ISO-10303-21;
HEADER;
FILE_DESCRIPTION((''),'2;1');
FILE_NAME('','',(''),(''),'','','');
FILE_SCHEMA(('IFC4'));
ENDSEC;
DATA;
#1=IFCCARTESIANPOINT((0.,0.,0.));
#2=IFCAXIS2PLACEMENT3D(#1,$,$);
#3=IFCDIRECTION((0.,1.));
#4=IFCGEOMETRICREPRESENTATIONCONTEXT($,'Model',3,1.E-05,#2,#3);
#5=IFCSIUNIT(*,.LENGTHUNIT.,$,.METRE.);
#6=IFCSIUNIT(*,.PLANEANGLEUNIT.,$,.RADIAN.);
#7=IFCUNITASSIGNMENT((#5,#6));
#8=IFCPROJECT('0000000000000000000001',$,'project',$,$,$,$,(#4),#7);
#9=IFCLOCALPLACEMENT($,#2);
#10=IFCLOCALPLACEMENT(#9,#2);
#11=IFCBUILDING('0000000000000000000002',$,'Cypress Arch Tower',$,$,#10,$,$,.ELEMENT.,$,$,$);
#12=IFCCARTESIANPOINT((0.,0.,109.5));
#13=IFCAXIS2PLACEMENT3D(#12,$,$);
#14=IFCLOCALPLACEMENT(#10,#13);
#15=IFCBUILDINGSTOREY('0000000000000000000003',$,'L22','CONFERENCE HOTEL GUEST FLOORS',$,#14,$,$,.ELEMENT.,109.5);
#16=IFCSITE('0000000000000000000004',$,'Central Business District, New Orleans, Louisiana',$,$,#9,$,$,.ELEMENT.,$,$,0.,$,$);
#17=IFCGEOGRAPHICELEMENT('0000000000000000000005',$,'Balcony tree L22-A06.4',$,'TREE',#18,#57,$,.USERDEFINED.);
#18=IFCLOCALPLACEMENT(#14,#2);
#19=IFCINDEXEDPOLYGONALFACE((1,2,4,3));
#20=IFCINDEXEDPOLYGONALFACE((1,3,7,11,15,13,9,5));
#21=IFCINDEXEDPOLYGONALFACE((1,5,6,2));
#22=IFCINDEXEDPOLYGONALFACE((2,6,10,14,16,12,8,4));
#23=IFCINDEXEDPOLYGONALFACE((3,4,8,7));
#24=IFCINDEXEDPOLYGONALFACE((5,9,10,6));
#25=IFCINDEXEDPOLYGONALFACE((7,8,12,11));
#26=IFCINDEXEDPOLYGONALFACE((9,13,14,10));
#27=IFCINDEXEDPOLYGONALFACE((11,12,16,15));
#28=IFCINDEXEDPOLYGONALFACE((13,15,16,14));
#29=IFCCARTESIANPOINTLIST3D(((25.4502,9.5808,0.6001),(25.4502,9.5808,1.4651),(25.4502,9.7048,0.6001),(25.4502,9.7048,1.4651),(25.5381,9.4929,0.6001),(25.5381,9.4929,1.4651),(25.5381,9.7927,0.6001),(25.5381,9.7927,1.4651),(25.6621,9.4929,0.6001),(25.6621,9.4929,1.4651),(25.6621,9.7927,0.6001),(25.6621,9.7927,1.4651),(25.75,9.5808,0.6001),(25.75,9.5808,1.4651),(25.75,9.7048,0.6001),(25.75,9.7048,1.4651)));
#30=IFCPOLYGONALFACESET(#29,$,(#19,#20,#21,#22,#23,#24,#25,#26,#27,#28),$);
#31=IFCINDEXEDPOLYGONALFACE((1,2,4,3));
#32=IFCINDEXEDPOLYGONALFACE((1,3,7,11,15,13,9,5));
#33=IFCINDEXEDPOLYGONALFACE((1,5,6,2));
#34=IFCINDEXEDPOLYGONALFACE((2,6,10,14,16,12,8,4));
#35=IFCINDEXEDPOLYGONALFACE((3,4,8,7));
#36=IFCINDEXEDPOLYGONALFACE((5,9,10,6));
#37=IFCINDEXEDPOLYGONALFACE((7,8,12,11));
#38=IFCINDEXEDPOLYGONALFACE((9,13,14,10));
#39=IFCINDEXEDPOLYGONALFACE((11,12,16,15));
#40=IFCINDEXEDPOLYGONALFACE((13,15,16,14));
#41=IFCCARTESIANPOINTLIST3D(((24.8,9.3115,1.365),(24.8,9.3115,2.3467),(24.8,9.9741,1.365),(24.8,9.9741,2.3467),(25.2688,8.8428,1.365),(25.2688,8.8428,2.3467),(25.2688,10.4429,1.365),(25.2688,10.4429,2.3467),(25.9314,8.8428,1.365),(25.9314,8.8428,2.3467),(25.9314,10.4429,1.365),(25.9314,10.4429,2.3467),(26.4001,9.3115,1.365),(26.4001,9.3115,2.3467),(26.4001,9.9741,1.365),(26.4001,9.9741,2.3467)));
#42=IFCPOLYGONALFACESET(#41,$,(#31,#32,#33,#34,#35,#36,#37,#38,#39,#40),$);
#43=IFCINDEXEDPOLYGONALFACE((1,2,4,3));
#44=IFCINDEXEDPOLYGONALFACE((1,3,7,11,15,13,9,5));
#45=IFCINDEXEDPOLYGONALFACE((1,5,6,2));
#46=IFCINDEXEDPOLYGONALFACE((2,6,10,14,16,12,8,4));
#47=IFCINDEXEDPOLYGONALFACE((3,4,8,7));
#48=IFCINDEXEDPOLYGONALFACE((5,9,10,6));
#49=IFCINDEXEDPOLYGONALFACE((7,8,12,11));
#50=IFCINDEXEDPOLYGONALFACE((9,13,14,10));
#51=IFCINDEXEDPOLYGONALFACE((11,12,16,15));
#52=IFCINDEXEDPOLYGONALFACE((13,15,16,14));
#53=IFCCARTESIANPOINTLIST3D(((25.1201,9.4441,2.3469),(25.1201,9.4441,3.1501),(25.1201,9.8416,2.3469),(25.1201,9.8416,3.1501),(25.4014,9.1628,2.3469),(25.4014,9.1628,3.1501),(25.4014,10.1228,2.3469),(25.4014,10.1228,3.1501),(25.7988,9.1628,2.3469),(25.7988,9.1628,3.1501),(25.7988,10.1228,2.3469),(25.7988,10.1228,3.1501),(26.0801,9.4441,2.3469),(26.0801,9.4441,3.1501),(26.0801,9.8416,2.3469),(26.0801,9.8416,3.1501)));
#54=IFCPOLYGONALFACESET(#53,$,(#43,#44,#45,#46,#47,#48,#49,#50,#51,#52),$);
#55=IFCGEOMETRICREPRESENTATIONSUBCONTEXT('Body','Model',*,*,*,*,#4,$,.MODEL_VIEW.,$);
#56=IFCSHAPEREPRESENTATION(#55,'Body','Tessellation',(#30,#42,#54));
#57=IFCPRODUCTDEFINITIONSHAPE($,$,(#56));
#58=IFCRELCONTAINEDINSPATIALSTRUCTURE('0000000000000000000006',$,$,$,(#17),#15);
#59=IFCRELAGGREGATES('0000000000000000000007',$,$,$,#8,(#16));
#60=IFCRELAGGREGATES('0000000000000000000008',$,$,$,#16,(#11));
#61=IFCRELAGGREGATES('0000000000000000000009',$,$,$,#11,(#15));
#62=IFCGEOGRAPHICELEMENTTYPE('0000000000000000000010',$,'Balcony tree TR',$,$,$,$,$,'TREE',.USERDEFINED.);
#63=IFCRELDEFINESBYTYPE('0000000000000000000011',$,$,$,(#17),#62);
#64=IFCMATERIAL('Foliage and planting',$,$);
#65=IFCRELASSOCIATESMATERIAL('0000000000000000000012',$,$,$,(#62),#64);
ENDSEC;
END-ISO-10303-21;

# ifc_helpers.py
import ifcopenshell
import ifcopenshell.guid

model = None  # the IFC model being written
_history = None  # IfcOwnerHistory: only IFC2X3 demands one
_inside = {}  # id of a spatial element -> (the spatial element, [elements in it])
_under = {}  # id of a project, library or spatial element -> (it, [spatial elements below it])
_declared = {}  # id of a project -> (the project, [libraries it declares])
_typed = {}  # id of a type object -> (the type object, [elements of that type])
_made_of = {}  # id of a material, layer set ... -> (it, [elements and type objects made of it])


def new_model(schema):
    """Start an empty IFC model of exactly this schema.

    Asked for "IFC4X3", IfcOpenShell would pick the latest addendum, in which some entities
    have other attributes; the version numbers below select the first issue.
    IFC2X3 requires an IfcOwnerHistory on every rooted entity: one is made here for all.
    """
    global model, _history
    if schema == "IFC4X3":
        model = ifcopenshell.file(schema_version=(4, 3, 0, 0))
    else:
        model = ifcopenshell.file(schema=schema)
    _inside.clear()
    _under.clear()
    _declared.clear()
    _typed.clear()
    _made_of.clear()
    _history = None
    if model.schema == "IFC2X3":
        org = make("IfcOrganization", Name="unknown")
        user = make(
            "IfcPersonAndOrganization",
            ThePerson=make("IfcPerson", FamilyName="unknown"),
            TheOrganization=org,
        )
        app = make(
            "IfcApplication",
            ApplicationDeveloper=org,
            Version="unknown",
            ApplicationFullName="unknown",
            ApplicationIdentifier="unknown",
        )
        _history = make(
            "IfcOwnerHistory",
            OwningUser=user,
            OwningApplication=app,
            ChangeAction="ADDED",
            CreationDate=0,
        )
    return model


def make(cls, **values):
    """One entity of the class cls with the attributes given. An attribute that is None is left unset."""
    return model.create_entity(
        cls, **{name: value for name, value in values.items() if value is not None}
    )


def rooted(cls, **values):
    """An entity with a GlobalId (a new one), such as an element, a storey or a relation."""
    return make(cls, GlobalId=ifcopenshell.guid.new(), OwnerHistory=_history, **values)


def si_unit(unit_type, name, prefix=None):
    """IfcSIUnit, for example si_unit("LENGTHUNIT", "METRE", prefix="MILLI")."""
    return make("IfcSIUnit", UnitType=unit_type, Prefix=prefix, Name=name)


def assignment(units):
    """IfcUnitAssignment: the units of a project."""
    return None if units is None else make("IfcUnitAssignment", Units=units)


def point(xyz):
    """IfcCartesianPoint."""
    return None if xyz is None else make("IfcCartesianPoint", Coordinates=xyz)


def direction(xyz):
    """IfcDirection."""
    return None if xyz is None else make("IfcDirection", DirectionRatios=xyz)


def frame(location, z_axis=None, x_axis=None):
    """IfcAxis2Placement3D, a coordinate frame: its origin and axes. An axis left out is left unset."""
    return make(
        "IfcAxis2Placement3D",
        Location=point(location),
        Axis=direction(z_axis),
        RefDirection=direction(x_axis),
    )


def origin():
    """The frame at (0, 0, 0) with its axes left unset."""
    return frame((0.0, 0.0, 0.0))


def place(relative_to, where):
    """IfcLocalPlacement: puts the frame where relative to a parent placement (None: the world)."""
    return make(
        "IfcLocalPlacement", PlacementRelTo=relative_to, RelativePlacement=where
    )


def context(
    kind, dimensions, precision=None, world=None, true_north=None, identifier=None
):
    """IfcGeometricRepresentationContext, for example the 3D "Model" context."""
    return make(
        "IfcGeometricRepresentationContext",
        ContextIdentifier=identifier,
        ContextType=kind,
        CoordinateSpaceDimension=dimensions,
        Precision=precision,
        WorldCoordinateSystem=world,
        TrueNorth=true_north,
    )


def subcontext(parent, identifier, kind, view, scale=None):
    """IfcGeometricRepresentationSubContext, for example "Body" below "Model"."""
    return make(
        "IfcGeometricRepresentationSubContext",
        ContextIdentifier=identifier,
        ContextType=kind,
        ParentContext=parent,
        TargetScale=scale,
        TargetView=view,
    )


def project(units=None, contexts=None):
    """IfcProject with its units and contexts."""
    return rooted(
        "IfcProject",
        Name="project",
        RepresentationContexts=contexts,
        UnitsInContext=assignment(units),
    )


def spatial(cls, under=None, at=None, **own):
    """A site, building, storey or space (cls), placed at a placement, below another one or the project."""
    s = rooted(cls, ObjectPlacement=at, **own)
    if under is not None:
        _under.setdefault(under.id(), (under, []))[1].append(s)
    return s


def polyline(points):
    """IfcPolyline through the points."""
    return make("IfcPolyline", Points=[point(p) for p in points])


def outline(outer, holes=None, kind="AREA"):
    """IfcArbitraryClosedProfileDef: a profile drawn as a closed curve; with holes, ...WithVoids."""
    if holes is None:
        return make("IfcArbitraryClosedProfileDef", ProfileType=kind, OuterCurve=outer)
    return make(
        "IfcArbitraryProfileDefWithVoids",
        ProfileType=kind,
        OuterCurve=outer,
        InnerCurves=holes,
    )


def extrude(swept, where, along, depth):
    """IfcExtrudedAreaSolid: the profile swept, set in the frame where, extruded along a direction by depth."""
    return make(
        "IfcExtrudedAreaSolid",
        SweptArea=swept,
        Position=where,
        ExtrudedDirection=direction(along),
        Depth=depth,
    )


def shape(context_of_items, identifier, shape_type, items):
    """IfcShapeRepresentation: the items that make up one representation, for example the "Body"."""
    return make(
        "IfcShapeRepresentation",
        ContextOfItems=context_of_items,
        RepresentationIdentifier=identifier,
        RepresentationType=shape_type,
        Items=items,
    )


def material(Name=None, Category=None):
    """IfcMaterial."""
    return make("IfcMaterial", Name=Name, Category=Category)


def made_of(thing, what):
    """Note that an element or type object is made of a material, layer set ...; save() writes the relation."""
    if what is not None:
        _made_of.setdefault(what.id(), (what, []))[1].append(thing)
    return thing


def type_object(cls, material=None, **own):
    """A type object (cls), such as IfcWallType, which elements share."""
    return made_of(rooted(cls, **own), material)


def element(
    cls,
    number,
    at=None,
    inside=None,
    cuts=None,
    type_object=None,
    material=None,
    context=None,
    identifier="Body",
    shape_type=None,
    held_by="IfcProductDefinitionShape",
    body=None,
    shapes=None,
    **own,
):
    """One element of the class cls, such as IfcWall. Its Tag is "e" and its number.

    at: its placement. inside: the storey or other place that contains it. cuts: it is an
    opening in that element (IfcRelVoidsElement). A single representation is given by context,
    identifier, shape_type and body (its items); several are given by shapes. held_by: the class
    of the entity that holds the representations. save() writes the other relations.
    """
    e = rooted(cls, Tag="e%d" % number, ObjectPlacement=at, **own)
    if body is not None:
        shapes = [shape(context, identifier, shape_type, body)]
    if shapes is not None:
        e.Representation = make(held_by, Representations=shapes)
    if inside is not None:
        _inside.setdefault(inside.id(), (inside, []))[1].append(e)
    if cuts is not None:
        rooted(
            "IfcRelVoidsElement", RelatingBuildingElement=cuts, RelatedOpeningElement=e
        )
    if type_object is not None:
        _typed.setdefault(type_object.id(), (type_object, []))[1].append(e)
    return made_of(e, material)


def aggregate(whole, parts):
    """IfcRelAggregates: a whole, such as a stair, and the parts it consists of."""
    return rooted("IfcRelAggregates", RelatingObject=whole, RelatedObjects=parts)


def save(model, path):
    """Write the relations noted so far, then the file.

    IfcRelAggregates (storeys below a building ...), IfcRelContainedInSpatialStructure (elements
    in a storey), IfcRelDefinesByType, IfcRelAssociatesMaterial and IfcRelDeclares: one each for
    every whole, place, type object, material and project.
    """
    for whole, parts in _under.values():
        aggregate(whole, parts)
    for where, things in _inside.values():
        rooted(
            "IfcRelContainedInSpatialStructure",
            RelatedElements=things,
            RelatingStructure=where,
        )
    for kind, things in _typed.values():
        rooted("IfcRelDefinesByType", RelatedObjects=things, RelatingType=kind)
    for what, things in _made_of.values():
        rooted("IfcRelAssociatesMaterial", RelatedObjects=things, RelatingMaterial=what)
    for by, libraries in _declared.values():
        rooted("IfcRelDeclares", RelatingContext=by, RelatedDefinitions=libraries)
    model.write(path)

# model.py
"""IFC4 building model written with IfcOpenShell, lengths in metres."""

from ifc_helpers import new_model, si_unit, direction, frame, origin, place, context, subcontext, project, spatial, polyline, outline, extrude, material, type_object, element, save


model = new_model("IFC4")

# Units and contexts
model_context = context("Model", 3, precision=1e-05, world=origin(), true_north=direction((0.0, 1.0)))
body_context = subcontext(model_context, "Body", "Model", "MODEL_VIEW")
ifc_project = project(units=[si_unit("LENGTHUNIT", "METRE"), si_unit("PLANEANGLEUNIT", "RADIAN")], contexts=[model_context])

# Site, building, storey
site_placement = place(None, origin())
site = spatial("IfcSite", under=ifc_project, at=site_placement, Name="Central Business District, New Orleans, Louisiana", CompositionType="ELEMENT", RefElevation=0.0)
building_placement = place(site_placement, origin())
building = spatial("IfcBuilding", under=site, at=building_placement, Name="Cypress Arch Tower", CompositionType="ELEMENT")
storey_placement = place(building_placement, frame((0.0, 0.0, 109.5)))
storey = spatial("IfcBuildingStorey", under=building, at=storey_placement, Name="L22", Description="CONFERENCE HOTEL GUEST FLOORS", CompositionType="ELEMENT", Elevation=109.5)

# Geographic element
ifc_material_1 = material(Name="Foliage and planting")
geographic_element_type = type_object("IfcGeographicElementType", Name="Balcony tree TR", ElementType="TREE", PredefinedType="USERDEFINED", material=ifc_material_1)
for number, where, z_axis, x_axis, name in (
    (1, (25.6001, 9.6428, 0.6001), (0.0, 0.0, 1.0), (1.0, 0.0, 0.0), "Balcony tree L22-A06.4"),
):
    element("IfcGeographicElement", number, at=place(storey_placement, frame(where, z_axis=z_axis, x_axis=x_axis)), inside=storey, type_object=geographic_element_type, Name=name, ObjectType="TREE", PredefinedType="USERDEFINED", context=body_context, shape_type="SweptSolid", body=[
        extrude(outline(polyline([(0.1499, 0.062), (0.062, 0.1499), (-0.062, 0.1499), (-0.1499, 0.062), (-0.1499, -0.062), (-0.062, -0.1499), (0.062, -0.1499), (0.1499, -0.062), (0.1499, 0.062)])), origin(), (0.0, 0.0, 1.0), 0.865),
        extrude(outline(polyline([(0.8, 0.3313), (0.3313, 0.8), (-0.3313, 0.8), (-0.8, 0.3313), (-0.8, -0.3313), (-0.3313, -0.8), (0.3313, -0.8), (0.8, -0.3313), (0.8, 0.3313)])), frame((0.0, 0.0, 0.7649)), (0.0, 0.0, 1.0), 0.9817),
        extrude(outline(polyline([(0.48, 0.1987), (0.1987, 0.48), (-0.1987, 0.48), (-0.48, 0.1987), (-0.48, -0.1987), (-0.1987, -0.48), (0.1987, -0.48), (0.48, -0.1987), (0.48, 0.1987)])), frame((0.0, 0.0, 1.7468)), (0.0, 0.0, 1.0), 0.8032),
    ])

save(model, "model.ifc")
